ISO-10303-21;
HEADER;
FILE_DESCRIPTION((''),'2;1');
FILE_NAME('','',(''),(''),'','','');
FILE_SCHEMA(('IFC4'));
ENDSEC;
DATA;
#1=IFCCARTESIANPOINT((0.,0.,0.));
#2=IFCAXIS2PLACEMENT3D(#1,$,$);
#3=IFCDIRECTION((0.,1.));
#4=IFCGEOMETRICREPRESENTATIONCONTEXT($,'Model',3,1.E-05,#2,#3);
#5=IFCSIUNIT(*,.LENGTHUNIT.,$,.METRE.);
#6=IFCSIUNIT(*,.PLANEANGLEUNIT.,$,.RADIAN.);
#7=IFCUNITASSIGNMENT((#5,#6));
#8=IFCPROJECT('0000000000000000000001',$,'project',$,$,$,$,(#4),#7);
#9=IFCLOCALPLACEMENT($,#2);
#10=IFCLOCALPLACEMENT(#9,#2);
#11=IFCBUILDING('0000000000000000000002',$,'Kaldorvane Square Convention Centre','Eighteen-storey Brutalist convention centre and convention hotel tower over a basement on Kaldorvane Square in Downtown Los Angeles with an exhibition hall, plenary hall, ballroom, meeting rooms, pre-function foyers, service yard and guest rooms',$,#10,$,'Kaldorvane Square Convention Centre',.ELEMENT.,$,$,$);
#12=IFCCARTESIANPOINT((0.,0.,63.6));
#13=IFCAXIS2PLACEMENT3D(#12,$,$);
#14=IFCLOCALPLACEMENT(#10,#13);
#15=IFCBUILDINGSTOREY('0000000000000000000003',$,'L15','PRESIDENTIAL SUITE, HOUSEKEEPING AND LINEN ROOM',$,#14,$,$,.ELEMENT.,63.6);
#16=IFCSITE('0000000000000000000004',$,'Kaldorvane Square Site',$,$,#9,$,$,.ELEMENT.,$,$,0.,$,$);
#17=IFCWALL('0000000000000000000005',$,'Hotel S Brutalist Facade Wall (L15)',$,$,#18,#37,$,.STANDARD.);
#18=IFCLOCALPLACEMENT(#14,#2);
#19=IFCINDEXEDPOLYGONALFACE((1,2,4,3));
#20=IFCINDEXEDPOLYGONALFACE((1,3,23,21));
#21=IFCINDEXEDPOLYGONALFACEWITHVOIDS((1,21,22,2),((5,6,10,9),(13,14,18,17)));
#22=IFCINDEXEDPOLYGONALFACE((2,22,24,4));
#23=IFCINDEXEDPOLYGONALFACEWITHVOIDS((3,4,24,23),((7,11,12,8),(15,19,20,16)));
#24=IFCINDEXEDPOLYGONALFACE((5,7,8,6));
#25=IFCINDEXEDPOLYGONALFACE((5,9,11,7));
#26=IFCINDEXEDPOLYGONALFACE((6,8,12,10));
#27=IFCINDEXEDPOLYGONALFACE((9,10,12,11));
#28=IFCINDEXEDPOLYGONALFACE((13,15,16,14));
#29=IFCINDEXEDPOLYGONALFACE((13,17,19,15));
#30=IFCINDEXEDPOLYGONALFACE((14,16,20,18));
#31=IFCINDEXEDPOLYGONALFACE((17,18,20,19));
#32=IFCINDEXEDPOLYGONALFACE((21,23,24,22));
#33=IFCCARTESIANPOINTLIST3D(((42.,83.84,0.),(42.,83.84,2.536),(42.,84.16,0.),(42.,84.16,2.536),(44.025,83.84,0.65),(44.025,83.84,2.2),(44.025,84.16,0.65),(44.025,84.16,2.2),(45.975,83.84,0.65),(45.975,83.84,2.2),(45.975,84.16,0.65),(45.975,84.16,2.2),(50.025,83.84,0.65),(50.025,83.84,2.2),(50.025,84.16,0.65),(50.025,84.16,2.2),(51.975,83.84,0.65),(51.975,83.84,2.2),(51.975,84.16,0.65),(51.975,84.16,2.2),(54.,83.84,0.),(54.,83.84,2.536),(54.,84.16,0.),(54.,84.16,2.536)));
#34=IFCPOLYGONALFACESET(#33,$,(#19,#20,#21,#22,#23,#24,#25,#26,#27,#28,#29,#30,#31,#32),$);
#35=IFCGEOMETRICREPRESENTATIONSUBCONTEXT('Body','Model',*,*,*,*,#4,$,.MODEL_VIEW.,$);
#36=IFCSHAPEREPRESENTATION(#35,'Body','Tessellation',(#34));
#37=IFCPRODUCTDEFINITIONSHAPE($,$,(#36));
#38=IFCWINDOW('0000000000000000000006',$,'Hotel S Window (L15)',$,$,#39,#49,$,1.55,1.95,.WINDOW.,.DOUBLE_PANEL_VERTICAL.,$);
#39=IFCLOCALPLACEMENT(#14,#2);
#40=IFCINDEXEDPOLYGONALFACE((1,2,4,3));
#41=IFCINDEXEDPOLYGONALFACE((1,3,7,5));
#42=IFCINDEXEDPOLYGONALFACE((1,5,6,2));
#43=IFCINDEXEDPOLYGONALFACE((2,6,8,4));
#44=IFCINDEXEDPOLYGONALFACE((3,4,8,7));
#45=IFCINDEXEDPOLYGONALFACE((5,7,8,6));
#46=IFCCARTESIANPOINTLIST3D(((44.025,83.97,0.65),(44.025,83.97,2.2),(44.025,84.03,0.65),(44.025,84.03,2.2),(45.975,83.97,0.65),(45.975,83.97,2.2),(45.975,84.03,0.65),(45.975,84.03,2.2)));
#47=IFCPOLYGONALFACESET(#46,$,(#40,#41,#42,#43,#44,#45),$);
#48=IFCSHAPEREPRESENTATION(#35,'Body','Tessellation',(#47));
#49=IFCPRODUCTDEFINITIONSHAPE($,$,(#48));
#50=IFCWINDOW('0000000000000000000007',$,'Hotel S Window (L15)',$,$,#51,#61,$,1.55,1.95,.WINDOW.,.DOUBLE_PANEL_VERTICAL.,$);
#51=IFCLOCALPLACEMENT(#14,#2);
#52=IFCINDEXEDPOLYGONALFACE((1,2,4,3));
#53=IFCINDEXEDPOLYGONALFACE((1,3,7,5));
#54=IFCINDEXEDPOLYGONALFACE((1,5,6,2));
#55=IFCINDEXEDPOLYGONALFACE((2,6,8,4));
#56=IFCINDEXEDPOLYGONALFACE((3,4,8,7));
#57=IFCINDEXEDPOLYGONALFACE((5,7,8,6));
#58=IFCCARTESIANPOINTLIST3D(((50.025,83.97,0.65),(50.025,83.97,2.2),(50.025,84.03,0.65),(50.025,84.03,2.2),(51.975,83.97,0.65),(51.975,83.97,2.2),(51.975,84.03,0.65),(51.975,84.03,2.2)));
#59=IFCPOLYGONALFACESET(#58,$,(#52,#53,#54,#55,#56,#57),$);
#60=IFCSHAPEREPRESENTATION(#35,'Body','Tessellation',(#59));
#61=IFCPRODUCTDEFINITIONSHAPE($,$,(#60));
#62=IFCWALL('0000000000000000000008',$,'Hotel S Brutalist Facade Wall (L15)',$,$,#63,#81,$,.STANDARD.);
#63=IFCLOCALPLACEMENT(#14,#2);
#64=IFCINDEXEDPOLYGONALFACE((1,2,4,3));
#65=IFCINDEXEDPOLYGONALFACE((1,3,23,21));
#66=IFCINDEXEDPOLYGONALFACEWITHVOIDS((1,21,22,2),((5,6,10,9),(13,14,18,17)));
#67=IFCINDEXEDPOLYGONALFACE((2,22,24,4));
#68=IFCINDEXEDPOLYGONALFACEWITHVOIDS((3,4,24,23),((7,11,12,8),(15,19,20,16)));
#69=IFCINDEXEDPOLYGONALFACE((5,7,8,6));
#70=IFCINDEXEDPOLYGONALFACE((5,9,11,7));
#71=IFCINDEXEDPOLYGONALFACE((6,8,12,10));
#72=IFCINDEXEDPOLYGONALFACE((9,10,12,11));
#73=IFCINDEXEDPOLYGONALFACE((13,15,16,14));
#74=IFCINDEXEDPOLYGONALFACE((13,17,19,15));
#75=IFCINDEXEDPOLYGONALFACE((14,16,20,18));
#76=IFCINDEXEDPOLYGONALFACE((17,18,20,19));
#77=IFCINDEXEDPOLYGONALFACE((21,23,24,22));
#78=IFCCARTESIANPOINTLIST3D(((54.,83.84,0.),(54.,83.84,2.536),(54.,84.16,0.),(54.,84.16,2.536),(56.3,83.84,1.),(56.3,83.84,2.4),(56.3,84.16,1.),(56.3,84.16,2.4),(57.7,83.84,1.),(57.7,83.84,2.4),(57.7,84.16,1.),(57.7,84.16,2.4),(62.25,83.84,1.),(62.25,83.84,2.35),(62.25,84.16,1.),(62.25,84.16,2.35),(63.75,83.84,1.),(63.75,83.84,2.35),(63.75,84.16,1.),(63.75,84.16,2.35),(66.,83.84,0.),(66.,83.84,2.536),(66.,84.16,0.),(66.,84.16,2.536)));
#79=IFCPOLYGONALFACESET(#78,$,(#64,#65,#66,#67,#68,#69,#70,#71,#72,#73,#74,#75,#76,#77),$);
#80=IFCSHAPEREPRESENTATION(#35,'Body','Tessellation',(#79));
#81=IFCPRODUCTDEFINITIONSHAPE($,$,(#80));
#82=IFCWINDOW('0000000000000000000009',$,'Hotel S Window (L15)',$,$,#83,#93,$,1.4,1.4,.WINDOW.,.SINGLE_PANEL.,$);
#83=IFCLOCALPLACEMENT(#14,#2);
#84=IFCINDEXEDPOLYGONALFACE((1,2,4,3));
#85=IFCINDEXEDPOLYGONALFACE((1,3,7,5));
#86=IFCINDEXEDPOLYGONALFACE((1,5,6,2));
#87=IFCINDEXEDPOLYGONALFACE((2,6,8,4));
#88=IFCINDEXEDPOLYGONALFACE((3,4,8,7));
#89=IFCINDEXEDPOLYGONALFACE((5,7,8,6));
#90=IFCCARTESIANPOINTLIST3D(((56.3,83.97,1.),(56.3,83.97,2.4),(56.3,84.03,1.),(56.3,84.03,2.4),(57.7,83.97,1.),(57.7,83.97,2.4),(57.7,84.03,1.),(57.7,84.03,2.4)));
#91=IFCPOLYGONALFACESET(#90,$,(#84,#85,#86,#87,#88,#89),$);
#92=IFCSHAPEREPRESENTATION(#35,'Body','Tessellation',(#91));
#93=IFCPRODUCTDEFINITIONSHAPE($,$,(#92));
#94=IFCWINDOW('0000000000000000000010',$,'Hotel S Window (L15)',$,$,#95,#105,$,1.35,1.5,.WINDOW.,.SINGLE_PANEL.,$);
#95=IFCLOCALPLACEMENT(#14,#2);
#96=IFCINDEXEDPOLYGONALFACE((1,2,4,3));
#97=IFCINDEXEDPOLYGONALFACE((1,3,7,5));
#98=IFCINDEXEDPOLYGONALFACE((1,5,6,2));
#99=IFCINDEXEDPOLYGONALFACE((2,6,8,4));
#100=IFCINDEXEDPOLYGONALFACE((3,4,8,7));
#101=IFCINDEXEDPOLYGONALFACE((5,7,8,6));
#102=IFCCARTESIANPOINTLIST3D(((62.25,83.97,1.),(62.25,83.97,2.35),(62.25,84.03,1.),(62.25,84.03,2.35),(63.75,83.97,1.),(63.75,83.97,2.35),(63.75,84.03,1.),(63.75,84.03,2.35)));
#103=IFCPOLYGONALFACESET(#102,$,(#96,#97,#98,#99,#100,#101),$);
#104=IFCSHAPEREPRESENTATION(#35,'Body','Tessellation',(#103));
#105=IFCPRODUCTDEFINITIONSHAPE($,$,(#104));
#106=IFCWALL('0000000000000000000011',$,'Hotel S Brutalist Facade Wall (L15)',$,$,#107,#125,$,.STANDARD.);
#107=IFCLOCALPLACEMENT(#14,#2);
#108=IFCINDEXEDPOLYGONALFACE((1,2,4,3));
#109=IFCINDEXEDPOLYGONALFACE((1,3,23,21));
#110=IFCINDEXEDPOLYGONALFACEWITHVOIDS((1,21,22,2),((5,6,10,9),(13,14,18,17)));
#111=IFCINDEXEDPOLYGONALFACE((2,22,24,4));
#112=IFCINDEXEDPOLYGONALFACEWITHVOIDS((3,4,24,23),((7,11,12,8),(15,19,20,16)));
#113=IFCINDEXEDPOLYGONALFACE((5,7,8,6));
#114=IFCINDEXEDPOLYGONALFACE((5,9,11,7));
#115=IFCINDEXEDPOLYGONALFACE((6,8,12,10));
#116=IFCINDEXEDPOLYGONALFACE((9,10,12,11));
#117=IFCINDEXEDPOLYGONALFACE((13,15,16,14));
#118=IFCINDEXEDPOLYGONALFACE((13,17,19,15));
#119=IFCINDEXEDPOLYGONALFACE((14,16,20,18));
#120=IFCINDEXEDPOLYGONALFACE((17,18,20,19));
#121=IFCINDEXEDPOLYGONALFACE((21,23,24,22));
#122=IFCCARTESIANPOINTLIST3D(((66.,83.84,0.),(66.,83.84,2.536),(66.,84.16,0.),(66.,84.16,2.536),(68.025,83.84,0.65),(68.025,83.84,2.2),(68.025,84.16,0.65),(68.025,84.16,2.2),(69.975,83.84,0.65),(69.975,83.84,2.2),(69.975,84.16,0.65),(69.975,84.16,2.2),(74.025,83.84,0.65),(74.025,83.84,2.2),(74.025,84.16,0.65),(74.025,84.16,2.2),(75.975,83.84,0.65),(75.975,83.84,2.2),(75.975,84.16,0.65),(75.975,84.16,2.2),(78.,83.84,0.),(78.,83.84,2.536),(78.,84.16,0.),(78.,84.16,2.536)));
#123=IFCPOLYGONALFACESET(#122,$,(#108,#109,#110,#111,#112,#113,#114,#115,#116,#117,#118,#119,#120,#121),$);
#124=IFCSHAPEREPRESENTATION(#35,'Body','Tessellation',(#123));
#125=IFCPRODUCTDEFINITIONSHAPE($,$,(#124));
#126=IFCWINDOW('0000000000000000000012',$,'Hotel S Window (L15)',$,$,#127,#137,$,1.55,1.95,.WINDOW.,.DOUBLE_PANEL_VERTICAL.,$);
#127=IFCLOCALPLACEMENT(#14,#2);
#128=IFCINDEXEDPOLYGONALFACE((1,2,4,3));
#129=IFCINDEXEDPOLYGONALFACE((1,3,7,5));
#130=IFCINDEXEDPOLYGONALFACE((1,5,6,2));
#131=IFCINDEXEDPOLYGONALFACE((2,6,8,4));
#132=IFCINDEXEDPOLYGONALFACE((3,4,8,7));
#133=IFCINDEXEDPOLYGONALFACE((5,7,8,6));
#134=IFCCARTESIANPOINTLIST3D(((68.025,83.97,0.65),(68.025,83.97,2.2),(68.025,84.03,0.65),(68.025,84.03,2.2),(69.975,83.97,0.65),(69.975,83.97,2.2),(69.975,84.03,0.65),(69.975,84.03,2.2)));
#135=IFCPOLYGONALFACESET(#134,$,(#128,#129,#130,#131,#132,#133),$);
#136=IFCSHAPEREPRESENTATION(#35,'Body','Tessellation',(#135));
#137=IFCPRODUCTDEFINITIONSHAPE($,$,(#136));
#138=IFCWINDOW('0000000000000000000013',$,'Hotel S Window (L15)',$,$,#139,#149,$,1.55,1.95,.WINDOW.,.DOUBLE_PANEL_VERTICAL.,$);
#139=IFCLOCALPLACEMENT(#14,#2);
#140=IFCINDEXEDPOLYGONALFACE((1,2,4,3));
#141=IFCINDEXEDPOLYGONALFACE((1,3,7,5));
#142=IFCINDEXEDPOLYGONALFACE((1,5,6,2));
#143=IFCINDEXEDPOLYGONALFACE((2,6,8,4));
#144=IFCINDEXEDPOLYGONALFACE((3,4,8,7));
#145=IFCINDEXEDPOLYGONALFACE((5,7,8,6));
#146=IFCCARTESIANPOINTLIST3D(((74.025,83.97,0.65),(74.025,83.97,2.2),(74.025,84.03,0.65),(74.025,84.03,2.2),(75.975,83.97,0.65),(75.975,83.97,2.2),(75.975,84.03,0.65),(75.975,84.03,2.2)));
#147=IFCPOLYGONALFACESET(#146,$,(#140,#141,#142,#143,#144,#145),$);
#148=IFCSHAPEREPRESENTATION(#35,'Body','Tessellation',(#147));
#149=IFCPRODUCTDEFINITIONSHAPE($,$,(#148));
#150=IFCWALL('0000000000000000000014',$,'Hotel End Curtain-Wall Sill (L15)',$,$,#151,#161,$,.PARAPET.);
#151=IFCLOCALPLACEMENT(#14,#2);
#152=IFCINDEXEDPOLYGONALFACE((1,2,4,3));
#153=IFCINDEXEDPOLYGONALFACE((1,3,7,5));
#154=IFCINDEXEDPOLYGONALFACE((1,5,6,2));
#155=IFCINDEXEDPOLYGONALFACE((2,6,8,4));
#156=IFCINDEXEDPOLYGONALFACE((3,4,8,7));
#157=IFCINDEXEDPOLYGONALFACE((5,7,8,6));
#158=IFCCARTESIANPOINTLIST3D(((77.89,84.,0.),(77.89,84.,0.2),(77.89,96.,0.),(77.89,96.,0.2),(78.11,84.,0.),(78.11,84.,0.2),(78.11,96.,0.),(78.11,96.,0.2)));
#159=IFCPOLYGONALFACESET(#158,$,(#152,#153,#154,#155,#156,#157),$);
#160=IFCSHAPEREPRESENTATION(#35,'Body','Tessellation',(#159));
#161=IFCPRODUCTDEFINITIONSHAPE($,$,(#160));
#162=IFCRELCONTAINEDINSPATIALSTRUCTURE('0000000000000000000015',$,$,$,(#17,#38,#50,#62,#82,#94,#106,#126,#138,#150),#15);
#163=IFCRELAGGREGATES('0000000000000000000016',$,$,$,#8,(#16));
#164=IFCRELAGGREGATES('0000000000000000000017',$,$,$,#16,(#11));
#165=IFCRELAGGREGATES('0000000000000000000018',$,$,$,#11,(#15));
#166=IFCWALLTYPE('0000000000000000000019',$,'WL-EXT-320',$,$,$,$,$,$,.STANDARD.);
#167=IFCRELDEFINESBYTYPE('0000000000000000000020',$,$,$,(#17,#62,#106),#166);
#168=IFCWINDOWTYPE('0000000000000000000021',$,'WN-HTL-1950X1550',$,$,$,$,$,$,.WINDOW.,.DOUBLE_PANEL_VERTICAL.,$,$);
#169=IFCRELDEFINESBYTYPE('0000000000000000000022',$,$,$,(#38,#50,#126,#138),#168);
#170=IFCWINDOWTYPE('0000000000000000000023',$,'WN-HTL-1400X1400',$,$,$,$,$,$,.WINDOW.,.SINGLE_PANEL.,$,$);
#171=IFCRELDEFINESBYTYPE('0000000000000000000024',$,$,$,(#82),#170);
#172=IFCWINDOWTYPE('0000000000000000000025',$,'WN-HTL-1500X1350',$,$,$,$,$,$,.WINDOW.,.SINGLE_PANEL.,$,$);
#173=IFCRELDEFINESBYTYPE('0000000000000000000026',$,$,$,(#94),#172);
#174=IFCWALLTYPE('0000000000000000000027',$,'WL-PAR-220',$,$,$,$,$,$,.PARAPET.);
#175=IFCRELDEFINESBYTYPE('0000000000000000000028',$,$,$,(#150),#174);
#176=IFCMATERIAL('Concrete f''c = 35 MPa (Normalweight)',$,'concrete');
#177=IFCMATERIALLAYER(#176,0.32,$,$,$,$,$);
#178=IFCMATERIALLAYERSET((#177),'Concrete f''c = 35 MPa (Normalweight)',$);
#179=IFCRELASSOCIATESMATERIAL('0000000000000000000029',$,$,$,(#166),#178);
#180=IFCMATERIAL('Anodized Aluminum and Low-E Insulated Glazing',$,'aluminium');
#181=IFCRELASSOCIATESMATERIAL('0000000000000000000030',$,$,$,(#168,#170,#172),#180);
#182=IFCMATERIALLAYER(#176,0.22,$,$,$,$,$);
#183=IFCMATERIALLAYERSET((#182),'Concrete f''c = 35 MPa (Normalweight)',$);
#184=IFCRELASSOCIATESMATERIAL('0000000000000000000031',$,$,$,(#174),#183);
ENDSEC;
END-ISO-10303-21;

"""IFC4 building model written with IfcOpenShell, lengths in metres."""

from ifc_helpers import new_model, si_unit, direction, frame, frame_2d, origin, place, context, subcontext, project, spatial, rectangle, extrude, material, layer, layer_set, type_object, element, fill, save


model = new_model("IFC4")

# Units and contexts
model_context = context("Model", 3, precision=1e-05, world=origin(), true_north=direction((0.0, 1.0)))
body_context = subcontext(model_context, "Body", "Model", "MODEL_VIEW")
ifc_project = project(units=[si_unit("LENGTHUNIT", "METRE"), si_unit("PLANEANGLEUNIT", "RADIAN")], contexts=[model_context])

# Site, building, storey
site_placement = place(None, origin())
site = spatial("IfcSite", under=ifc_project, at=site_placement, Name="Kaldorvane Square Site", CompositionType="ELEMENT", RefElevation=0.0)
building_placement = place(site_placement, origin())
building = spatial("IfcBuilding", under=site, at=building_placement, Name="Kaldorvane Square Convention Centre", Description="Eighteen-storey Brutalist convention centre and convention hotel tower over a basement on Kaldorvane Square in Downtown Los Angeles with an exhibition hall, plenary hall, ballroom, meeting rooms, pre-function foyers, service yard and guest rooms", LongName="Kaldorvane Square Convention Centre", CompositionType="ELEMENT")
storey_placement = place(building_placement, frame((0.0, 0.0, 63.6)))
storey = spatial("IfcBuildingStorey", under=building, at=storey_placement, Name="L15", Description="PRESIDENTIAL SUITE, HOUSEKEEPING AND LINEN ROOM", CompositionType="ELEMENT", Elevation=63.6)

# Shared definitions
ifc_material_1 = material(Name="Concrete f'c = 35 MPa (Normalweight)", Category="concrete")
ifc_layer_1 = layer(ifc_material_1, 0.32)
ifc_layer_set_1 = layer_set([ifc_layer_1], Name="Concrete f'c = 35 MPa (Normalweight)")
wall_type_1 = type_object("IfcWallType", Name="WL-EXT-320", PredefinedType="STANDARD", material=ifc_layer_set_1)
ifc_material_2 = material(Name="Anodized Aluminum and Low-E Insulated Glazing", Category="aluminium")
window_type_1 = type_object("IfcWindowType", Name="WN-HTL-1950X1550", PartitioningType="DOUBLE_PANEL_VERTICAL", PredefinedType="WINDOW", material=ifc_material_2)

# Walls, openings, windows
wall_1_placement = place(storey_placement, frame((42.0, 84.0, 0.0), z_axis=(0.0, 0.0, 1.0), x_axis=(1.0, 0.0, 0.0)))
wall_1 = element("IfcWall", 1, at=wall_1_placement, inside=storey, type_object=wall_type_1, Name="Hotel S Brutalist Facade Wall (L15)", PredefinedType="STANDARD", context=body_context, shape_type="SweptSolid", body=[
    extrude(rectangle(XDim=12.0, YDim=0.32, at=frame_2d((6.0, 0.0))), origin(), (0.0, 0.0, 1.0), 2.536),
])
opening_1_placement = place(wall_1_placement, frame((2.025, 0.0, 0.65)))
opening_1 = element("IfcOpeningElement", 2, at=opening_1_placement, cuts=wall_1, PredefinedType="OPENING", context=body_context, shape_type="SweptSolid", body=[
    extrude(rectangle(XDim=1.95, YDim=1.55, at=frame_2d((0.975, 0.775))), frame((0.0, 0.175, 0.0), z_axis=(0.0, -1.0, 0.0), x_axis=(1.0, 0.0, 0.0)), (0.0, 0.0, 1.0), 0.35),
])
opening_2_placement = place(wall_1_placement, frame((8.025, 0.0, 0.65)))
opening_2 = element("IfcOpeningElement", 3, at=opening_2_placement, cuts=wall_1, PredefinedType="OPENING", context=body_context, shape_type="SweptSolid", body=[
    extrude(rectangle(XDim=1.95, YDim=1.55, at=frame_2d((0.975, 0.775))), frame((0.0, 0.175, 0.0), z_axis=(0.0, -1.0, 0.0), x_axis=(1.0, 0.0, 0.0)), (0.0, 0.0, 1.0), 0.35),
])
window_1_placement = place(opening_1_placement, origin())
window_1 = element("IfcWindow", 4, at=window_1_placement, inside=storey, type_object=window_type_1, Name="Hotel S Window (L15)", OverallHeight=1.55, OverallWidth=1.95, PartitioningType="DOUBLE_PANEL_VERTICAL", PredefinedType="WINDOW", context=body_context, shape_type="SweptSolid", body=[
    extrude(rectangle(XDim=1.95, YDim=1.55, at=frame_2d((0.975, 0.775))), frame((0.0, 0.03, 0.0), z_axis=(0.0, -1.0, 0.0), x_axis=(1.0, 0.0, 0.0)), (0.0, 0.0, 1.0), 0.06),
])
fill(opening_1, window_1)
window_2_placement = place(opening_2_placement, origin())
window_2 = element("IfcWindow", 5, at=window_2_placement, inside=storey, type_object=window_type_1, Name="Hotel S Window (L15)", OverallHeight=1.55, OverallWidth=1.95, PartitioningType="DOUBLE_PANEL_VERTICAL", PredefinedType="WINDOW", context=body_context, shape_type="SweptSolid", body=[
    extrude(rectangle(XDim=1.95, YDim=1.55, at=frame_2d((0.975, 0.775))), frame((0.0, 0.03, 0.0), z_axis=(0.0, -1.0, 0.0), x_axis=(1.0, 0.0, 0.0)), (0.0, 0.0, 1.0), 0.06),
])
fill(opening_2, window_2)
wall_2_placement = place(storey_placement, frame((54.0, 84.0, 0.0), z_axis=(0.0, 0.0, 1.0), x_axis=(1.0, 0.0, 0.0)))
wall_2 = element("IfcWall", 6, at=wall_2_placement, inside=storey, type_object=wall_type_1, Name="Hotel S Brutalist Facade Wall (L15)", PredefinedType="STANDARD", context=body_context, shape_type="SweptSolid", body=[
    extrude(rectangle(XDim=12.0, YDim=0.32, at=frame_2d((6.0, 0.0))), origin(), (0.0, 0.0, 1.0), 2.536),
])
opening_3_placement = place(wall_2_placement, frame((2.3, 0.0, 1.0)))
opening_3 = element("IfcOpeningElement", 7, at=opening_3_placement, cuts=wall_2, PredefinedType="OPENING", context=body_context, shape_type="SweptSolid", body=[
    extrude(rectangle(XDim=1.4, YDim=1.4, at=frame_2d((0.7, 0.7))), frame((0.0, 0.175, 0.0), z_axis=(0.0, -1.0, 0.0), x_axis=(1.0, 0.0, 0.0)), (0.0, 0.0, 1.0), 0.35),
])
opening_4_placement = place(wall_2_placement, frame((8.25, 0.0, 1.0)))
opening_4 = element("IfcOpeningElement", 8, at=opening_4_placement, cuts=wall_2, PredefinedType="OPENING", context=body_context, shape_type="SweptSolid", body=[
    extrude(rectangle(XDim=1.5, YDim=1.35, at=frame_2d((0.75, 0.675))), frame((0.0, 0.175, 0.0), z_axis=(0.0, -1.0, 0.0), x_axis=(1.0, 0.0, 0.0)), (0.0, 0.0, 1.0), 0.35),
])
window_type_2 = type_object("IfcWindowType", Name="WN-HTL-1400X1400", PartitioningType="SINGLE_PANEL", PredefinedType="WINDOW", material=ifc_material_2)
window_3_placement = place(opening_3_placement, origin())
window_3 = element("IfcWindow", 9, at=window_3_placement, inside=storey, type_object=window_type_2, Name="Hotel S Window (L15)", OverallHeight=1.4, OverallWidth=1.4, PartitioningType="SINGLE_PANEL", PredefinedType="WINDOW", context=body_context, shape_type="SweptSolid", body=[
    extrude(rectangle(XDim=1.4, YDim=1.4, at=frame_2d((0.7, 0.7))), frame((0.0, 0.03, 0.0), z_axis=(0.0, -1.0, 0.0), x_axis=(1.0, 0.0, 0.0)), (0.0, 0.0, 1.0), 0.06),
])
fill(opening_3, window_3)
window_type_3 = type_object("IfcWindowType", Name="WN-HTL-1500X1350", PartitioningType="SINGLE_PANEL", PredefinedType="WINDOW", material=ifc_material_2)
window_4_placement = place(opening_4_placement, origin())
window_4 = element("IfcWindow", 10, at=window_4_placement, inside=storey, type_object=window_type_3, Name="Hotel S Window (L15)", OverallHeight=1.35, OverallWidth=1.5, PartitioningType="SINGLE_PANEL", PredefinedType="WINDOW", context=body_context, shape_type="SweptSolid", body=[
    extrude(rectangle(XDim=1.5, YDim=1.35, at=frame_2d((0.75, 0.675))), frame((0.0, 0.03, 0.0), z_axis=(0.0, -1.0, 0.0), x_axis=(1.0, 0.0, 0.0)), (0.0, 0.0, 1.0), 0.06),
])
fill(opening_4, window_4)
wall_3_placement = place(storey_placement, frame((66.0, 84.0, 0.0), z_axis=(0.0, 0.0, 1.0), x_axis=(1.0, 0.0, 0.0)))
wall_3 = element("IfcWall", 11, at=wall_3_placement, inside=storey, type_object=wall_type_1, Name="Hotel S Brutalist Facade Wall (L15)", PredefinedType="STANDARD", context=body_context, shape_type="SweptSolid", body=[
    extrude(rectangle(XDim=12.0, YDim=0.32, at=frame_2d((6.0, 0.0))), origin(), (0.0, 0.0, 1.0), 2.536),
])
opening_5_placement = place(wall_3_placement, frame((2.025, 0.0, 0.65)))
opening_5 = element("IfcOpeningElement", 12, at=opening_5_placement, cuts=wall_3, PredefinedType="OPENING", context=body_context, shape_type="SweptSolid", body=[
    extrude(rectangle(XDim=1.95, YDim=1.55, at=frame_2d((0.975, 0.775))), frame((0.0, 0.175, 0.0), z_axis=(0.0, -1.0, 0.0), x_axis=(1.0, 0.0, 0.0)), (0.0, 0.0, 1.0), 0.35),
])
opening_6_placement = place(wall_3_placement, frame((8.025, 0.0, 0.65)))
opening_6 = element("IfcOpeningElement", 13, at=opening_6_placement, cuts=wall_3, PredefinedType="OPENING", context=body_context, shape_type="SweptSolid", body=[
    extrude(rectangle(XDim=1.95, YDim=1.55, at=frame_2d((0.975, 0.775))), frame((0.0, 0.175, 0.0), z_axis=(0.0, -1.0, 0.0), x_axis=(1.0, 0.0, 0.0)), (0.0, 0.0, 1.0), 0.35),
])
window_5_placement = place(opening_5_placement, origin())
window_5 = element("IfcWindow", 14, at=window_5_placement, inside=storey, type_object=window_type_1, Name="Hotel S Window (L15)", OverallHeight=1.55, OverallWidth=1.95, PartitioningType="DOUBLE_PANEL_VERTICAL", PredefinedType="WINDOW", context=body_context, shape_type="SweptSolid", body=[
    extrude(rectangle(XDim=1.95, YDim=1.55, at=frame_2d((0.975, 0.775))), frame((0.0, 0.03, 0.0), z_axis=(0.0, -1.0, 0.0), x_axis=(1.0, 0.0, 0.0)), (0.0, 0.0, 1.0), 0.06),
])
fill(opening_5, window_5)
window_6_placement = place(opening_6_placement, origin())
window_6 = element("IfcWindow", 15, at=window_6_placement, inside=storey, type_object=window_type_1, Name="Hotel S Window (L15)", OverallHeight=1.55, OverallWidth=1.95, PartitioningType="DOUBLE_PANEL_VERTICAL", PredefinedType="WINDOW", context=body_context, shape_type="SweptSolid", body=[
    extrude(rectangle(XDim=1.95, YDim=1.55, at=frame_2d((0.975, 0.775))), frame((0.0, 0.03, 0.0), z_axis=(0.0, -1.0, 0.0), x_axis=(1.0, 0.0, 0.0)), (0.0, 0.0, 1.0), 0.06),
])
fill(opening_6, window_6)

# Wall
ifc_layer_2 = layer(ifc_material_1, 0.22)
ifc_layer_set_2 = layer_set([ifc_layer_2], Name="Concrete f'c = 35 MPa (Normalweight)")
wall_type_2 = type_object("IfcWallType", Name="WL-PAR-220", PredefinedType="PARAPET", material=ifc_layer_set_2)
wall_4_placement = place(storey_placement, frame((78.0, 84.0, 0.0), z_axis=(0.0, 0.0, 1.0), x_axis=(0.0, 1.0, 0.0)))
element("IfcWall", 16, at=wall_4_placement, inside=storey, type_object=wall_type_2, Name="Hotel End Curtain-Wall Sill (L15)", PredefinedType="PARAPET", context=body_context, shape_type="SweptSolid", body=[
    extrude(rectangle(XDim=12.0, YDim=0.22, at=frame_2d((6.0, 0.0))), origin(), (0.0, 0.0, 1.0), 0.2),
])

save(model, "model.ifc")
